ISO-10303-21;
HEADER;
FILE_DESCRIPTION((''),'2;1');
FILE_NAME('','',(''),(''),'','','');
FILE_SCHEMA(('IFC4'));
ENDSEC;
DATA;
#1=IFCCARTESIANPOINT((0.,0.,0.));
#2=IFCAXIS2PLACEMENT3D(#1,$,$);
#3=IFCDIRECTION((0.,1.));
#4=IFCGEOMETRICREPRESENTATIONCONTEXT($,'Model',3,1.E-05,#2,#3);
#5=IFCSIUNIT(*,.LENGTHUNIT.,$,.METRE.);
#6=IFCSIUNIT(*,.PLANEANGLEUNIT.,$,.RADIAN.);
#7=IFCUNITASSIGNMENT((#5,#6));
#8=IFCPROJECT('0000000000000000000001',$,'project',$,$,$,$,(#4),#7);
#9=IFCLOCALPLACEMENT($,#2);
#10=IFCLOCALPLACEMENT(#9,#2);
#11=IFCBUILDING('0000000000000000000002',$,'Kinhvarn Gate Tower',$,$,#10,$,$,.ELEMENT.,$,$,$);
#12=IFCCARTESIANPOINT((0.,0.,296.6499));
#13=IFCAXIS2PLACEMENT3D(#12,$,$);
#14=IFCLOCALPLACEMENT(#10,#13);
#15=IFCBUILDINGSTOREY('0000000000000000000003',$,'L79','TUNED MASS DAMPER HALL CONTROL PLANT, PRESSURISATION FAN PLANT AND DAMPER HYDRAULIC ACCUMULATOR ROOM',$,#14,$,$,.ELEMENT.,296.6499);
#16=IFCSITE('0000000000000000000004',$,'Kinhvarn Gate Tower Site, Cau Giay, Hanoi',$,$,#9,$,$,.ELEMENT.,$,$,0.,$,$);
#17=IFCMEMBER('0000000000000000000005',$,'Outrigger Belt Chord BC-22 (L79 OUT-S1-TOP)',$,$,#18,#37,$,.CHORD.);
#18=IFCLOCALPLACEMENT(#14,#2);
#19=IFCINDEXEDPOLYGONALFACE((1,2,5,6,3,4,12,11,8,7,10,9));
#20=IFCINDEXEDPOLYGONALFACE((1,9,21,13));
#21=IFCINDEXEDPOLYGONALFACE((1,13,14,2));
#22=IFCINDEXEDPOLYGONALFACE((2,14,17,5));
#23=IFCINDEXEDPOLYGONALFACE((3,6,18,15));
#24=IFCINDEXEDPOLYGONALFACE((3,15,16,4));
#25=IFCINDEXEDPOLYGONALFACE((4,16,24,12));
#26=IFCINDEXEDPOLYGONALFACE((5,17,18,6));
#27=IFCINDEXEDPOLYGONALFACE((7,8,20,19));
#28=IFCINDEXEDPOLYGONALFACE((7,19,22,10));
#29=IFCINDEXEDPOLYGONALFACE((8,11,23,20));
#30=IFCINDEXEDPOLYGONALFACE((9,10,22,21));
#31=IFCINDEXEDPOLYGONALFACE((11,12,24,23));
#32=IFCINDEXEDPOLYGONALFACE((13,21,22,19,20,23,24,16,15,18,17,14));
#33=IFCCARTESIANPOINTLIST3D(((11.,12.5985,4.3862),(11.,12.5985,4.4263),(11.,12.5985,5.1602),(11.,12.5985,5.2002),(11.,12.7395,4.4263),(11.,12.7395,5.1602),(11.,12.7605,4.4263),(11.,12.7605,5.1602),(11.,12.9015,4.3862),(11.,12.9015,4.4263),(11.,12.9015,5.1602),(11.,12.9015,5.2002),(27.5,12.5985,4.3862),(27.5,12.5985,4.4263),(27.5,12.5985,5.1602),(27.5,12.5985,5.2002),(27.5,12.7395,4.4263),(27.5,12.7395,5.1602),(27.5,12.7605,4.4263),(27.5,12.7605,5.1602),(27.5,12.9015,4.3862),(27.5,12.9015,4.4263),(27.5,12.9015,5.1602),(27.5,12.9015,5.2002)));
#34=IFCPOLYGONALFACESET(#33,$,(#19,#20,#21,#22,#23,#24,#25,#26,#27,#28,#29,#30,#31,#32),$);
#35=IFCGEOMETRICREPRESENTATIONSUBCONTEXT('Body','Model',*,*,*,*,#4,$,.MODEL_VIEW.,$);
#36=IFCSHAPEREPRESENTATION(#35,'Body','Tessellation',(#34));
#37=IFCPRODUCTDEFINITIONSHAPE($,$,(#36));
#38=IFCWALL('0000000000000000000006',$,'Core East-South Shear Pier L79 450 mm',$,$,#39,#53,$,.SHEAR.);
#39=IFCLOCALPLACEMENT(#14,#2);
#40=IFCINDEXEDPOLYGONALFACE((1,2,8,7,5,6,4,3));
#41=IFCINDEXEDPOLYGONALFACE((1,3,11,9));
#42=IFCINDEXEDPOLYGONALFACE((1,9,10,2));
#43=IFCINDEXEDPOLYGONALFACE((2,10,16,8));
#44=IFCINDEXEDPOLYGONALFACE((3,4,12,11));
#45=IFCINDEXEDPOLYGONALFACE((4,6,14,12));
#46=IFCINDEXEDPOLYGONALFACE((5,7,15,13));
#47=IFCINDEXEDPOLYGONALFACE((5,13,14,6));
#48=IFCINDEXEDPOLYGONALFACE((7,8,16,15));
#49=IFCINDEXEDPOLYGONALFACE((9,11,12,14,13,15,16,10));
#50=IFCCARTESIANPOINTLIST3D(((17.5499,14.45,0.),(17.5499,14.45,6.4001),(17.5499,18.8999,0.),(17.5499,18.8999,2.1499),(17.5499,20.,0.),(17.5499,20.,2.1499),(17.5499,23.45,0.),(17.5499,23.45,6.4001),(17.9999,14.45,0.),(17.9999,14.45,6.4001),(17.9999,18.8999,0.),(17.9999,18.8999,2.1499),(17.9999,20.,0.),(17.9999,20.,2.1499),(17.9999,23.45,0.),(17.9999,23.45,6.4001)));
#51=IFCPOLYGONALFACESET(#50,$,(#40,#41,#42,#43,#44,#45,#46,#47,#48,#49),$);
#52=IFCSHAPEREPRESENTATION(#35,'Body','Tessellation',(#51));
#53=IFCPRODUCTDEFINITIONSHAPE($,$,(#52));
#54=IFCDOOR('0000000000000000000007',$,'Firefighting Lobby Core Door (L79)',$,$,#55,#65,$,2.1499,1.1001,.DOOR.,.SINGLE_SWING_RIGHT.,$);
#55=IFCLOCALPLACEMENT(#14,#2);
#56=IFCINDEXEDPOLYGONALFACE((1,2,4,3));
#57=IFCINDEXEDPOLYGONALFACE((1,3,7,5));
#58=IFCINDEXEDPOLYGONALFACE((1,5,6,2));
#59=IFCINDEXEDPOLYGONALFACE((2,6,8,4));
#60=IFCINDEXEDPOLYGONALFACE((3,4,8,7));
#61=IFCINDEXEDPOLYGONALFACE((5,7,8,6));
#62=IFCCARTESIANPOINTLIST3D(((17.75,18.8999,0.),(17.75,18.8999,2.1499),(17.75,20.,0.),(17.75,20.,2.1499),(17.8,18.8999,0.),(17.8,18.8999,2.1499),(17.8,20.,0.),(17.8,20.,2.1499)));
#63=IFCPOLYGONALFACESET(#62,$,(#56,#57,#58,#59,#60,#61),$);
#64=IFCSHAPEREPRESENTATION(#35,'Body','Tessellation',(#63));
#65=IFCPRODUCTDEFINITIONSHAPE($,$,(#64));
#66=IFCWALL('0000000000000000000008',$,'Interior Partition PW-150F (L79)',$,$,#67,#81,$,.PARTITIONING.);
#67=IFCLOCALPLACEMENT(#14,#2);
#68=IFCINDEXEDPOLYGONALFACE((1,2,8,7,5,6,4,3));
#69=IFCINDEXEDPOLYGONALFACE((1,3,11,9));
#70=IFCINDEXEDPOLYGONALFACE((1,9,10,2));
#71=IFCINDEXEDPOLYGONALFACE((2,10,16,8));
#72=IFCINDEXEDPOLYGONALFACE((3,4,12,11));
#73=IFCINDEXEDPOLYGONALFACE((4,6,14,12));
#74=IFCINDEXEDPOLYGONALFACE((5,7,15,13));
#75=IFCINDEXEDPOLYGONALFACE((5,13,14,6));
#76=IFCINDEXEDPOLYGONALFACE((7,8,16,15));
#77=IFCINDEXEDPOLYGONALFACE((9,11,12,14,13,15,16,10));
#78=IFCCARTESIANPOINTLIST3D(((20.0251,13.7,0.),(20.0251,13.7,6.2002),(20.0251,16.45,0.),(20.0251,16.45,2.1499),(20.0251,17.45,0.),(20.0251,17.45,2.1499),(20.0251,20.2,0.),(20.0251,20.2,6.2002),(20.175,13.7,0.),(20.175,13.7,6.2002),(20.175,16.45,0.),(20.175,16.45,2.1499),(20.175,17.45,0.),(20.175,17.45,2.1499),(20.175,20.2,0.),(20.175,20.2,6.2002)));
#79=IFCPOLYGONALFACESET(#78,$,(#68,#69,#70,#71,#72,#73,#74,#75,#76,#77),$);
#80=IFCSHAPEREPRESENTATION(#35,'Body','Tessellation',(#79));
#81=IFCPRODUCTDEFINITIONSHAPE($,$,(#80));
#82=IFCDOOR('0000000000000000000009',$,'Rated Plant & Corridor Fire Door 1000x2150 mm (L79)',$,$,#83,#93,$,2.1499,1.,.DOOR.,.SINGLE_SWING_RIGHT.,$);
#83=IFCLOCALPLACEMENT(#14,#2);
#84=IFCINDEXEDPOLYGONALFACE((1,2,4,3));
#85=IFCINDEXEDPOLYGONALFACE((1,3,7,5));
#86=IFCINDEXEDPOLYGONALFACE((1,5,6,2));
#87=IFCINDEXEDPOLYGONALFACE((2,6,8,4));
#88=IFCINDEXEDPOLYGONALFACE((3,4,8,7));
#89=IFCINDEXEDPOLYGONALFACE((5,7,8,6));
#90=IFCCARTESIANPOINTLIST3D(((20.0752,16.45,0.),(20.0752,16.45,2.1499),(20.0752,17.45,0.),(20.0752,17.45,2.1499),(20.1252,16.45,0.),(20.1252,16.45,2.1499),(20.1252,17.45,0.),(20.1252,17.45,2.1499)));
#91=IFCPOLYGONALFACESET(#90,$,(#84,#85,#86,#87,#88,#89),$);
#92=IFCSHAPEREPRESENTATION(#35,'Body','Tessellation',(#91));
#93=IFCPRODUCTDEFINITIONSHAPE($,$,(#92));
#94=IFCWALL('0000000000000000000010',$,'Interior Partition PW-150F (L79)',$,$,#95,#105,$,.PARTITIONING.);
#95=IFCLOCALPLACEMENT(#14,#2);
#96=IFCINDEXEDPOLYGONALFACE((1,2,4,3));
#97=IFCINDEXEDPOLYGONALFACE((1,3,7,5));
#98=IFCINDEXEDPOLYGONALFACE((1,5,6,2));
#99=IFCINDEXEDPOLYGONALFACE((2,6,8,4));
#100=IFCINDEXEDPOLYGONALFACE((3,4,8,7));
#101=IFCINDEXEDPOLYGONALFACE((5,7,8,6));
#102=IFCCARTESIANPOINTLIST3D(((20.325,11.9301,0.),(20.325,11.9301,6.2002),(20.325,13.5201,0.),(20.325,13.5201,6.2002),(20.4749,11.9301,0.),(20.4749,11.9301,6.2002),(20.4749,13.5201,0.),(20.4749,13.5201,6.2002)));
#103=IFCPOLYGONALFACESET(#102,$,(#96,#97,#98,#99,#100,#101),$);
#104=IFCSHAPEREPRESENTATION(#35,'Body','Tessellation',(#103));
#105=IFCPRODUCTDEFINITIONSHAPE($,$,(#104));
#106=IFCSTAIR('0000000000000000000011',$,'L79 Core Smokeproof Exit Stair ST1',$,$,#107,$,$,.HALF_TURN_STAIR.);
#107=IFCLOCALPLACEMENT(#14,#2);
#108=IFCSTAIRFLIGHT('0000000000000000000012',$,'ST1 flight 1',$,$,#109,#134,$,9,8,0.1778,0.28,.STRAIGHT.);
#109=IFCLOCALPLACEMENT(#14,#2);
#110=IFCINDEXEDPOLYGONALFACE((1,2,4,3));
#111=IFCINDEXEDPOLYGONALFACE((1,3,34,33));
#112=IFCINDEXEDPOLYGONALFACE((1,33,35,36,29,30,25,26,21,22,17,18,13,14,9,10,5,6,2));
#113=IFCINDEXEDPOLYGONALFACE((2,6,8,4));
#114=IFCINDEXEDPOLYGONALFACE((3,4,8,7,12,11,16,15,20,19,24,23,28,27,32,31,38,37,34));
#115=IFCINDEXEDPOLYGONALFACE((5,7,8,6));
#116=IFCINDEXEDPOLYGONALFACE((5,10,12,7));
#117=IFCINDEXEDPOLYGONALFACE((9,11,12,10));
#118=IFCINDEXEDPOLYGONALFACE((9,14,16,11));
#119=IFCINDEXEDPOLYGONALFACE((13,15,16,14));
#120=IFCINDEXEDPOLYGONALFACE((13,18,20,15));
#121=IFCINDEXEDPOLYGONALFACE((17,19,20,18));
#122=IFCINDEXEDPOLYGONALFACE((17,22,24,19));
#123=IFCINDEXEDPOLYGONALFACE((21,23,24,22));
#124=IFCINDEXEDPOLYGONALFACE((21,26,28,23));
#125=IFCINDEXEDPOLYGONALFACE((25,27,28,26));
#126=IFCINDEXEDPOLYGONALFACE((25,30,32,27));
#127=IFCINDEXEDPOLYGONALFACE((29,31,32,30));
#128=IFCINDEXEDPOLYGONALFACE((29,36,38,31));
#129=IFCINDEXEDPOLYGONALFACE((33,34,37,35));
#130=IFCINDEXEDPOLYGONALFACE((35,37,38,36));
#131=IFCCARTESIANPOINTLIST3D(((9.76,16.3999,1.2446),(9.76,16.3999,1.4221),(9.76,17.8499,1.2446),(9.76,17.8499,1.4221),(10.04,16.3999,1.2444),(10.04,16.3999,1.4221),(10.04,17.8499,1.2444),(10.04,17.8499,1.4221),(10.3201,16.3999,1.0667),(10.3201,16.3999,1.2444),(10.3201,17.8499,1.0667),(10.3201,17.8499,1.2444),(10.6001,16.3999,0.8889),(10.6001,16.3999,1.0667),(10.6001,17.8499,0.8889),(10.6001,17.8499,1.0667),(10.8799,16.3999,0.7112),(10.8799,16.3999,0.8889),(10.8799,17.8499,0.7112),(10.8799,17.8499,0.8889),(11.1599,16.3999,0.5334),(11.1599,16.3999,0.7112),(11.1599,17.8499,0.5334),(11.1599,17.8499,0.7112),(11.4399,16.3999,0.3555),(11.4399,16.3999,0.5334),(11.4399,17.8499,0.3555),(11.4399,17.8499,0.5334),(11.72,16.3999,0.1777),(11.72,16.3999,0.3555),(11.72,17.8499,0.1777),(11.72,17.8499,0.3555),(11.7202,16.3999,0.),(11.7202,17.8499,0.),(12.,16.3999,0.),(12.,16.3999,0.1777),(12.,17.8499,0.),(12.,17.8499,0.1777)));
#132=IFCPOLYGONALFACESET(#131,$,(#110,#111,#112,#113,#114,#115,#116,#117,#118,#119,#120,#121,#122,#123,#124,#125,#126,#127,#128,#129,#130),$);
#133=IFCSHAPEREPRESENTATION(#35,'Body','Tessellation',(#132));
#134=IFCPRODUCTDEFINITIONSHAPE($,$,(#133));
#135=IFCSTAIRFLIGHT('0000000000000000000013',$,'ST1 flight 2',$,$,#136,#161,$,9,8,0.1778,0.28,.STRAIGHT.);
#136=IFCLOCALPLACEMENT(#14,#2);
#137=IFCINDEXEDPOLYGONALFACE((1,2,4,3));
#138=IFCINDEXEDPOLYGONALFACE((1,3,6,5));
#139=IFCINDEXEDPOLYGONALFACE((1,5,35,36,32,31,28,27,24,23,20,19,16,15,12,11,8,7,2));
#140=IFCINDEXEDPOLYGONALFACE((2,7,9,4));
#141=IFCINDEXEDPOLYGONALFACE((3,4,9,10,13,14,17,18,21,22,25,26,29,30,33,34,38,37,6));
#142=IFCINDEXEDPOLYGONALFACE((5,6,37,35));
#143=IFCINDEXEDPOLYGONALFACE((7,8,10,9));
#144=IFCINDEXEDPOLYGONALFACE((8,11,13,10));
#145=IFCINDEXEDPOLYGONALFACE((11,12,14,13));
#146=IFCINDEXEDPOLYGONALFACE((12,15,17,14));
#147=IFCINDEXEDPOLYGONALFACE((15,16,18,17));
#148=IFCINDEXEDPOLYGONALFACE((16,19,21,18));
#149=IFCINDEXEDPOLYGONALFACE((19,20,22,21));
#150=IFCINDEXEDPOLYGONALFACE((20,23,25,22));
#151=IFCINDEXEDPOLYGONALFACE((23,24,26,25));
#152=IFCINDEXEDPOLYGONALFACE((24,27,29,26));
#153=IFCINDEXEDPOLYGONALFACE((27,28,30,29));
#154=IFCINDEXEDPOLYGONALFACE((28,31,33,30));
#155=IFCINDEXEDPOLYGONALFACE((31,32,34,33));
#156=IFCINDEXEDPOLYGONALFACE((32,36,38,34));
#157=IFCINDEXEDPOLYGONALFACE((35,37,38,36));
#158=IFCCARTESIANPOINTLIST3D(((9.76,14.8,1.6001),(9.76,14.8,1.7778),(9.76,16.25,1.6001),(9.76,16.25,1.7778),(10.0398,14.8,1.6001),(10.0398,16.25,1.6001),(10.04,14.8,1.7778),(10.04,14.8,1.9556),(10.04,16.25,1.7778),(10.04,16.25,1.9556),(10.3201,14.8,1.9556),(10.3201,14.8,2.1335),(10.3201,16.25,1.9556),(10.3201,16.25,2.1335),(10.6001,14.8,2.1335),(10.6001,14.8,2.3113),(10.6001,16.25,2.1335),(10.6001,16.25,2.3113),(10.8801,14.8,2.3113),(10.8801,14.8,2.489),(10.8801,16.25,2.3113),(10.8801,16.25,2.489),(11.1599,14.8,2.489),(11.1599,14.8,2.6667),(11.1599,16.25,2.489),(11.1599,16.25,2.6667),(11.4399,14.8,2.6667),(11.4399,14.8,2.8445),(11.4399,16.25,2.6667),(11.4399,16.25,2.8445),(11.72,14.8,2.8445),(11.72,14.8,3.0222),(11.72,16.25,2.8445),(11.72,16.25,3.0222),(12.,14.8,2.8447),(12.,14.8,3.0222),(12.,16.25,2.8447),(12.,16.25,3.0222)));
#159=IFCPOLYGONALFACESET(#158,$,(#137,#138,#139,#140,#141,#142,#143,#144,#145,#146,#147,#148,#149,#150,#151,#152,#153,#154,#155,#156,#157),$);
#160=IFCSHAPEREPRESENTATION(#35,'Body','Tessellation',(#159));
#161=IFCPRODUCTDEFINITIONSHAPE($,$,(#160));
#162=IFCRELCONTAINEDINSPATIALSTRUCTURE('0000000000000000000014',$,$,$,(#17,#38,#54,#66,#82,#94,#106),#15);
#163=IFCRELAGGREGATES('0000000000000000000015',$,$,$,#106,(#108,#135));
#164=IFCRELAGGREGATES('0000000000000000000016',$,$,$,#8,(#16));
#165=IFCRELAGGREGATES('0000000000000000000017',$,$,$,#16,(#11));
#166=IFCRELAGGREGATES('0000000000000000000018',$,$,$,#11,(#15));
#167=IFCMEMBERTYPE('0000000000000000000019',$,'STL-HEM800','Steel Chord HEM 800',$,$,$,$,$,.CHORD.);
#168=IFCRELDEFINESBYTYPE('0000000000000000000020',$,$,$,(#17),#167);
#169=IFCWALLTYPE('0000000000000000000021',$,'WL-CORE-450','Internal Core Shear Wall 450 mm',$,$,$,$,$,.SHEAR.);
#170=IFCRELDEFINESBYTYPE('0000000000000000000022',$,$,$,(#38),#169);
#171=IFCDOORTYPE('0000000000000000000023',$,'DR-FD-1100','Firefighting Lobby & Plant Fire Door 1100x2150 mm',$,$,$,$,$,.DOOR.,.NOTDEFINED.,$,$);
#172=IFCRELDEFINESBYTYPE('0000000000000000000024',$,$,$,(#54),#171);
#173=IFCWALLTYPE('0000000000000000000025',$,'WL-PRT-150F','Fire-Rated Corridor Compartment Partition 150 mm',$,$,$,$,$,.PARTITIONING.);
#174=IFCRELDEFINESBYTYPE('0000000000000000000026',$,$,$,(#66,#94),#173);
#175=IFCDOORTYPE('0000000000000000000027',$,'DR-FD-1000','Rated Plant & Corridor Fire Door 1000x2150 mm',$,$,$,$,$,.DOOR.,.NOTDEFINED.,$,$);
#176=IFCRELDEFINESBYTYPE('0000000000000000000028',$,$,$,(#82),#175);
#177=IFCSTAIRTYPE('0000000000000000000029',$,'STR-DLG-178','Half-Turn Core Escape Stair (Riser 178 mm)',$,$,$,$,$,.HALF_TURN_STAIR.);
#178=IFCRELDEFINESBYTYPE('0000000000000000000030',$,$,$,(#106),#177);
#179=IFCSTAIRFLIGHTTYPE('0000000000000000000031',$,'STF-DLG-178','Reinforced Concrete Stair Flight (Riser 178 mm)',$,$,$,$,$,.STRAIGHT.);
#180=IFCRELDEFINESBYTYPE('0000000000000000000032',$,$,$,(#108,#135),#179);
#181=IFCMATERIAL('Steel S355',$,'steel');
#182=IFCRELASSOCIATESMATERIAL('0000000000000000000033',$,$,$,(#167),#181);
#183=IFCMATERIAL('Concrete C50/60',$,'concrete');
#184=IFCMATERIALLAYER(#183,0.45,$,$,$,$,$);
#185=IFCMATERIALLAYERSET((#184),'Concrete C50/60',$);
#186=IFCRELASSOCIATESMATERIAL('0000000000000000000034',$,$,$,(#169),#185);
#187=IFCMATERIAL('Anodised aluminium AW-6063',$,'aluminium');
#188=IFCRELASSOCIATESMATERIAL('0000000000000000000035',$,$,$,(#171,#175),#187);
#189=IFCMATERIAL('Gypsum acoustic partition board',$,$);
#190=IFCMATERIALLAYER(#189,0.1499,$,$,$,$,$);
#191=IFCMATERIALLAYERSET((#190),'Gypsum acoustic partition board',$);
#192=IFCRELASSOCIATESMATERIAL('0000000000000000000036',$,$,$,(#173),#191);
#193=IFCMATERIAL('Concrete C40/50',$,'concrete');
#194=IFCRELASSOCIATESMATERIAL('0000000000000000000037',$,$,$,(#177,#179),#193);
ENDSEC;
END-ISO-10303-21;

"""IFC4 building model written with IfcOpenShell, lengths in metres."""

from ifc_helpers import new_model, si_unit, direction, frame, frame_2d, origin, origin_2d, place, context, subcontext, project, spatial, polyline, rectangle, i_section, outline, extrude, material, layer, layer_set, material_profile, profile_set, type_object, element, fill, aggregate, save


model = new_model("IFC4")

# Units and contexts
model_context = context("Model", 3, precision=1e-05, world=origin(), true_north=direction((0.0, 1.0)))
body_context = subcontext(model_context, "Body", "Model", "MODEL_VIEW")
ifc_project = project(units=[si_unit("LENGTHUNIT", "METRE"), si_unit("PLANEANGLEUNIT", "RADIAN")], contexts=[model_context])

# Site, building, storey
site_placement = place(None, origin())
site = spatial("IfcSite", under=ifc_project, at=site_placement, Name="Kinhvarn Gate Tower Site, Cau Giay, Hanoi", CompositionType="ELEMENT", RefElevation=0.0)
building_placement = place(site_placement, origin())
building = spatial("IfcBuilding", under=site, at=building_placement, Name="Kinhvarn Gate Tower", CompositionType="ELEMENT")
storey_placement = place(building_placement, frame((0.0, 0.0, 296.6499)))
storey = spatial("IfcBuildingStorey", under=building, at=storey_placement, Name="L79", Description="TUNED MASS DAMPER HALL CONTROL PLANT, PRESSURISATION FAN PLANT AND DAMPER HYDRAULIC ACCUMULATOR ROOM", CompositionType="ELEMENT", Elevation=296.6499)

# Shared definitions
ifc_material_1 = material(Name="Concrete C50/60", Category="concrete")

# Shared definitions
ifc_material_2 = material(Name="Steel S355", Category="steel")

# Member
ifc_material_profile_1 = material_profile(ifc_material_2, i_section(OverallWidth=0.303, OverallDepth=0.814, WebThickness=0.021, FlangeThickness=0.04, at=origin_2d()), Name="HEM 800")
ifc_profile_set_1 = profile_set([ifc_material_profile_1], Name="Steel S355")
member_type_1 = type_object("IfcMemberType", Name="STL-HEM800", Description="Steel Chord HEM 800", PredefinedType="CHORD", material=ifc_profile_set_1)
member_1_placement = place(storey_placement, frame((11.0, 12.75, 4.7932), z_axis=(1.0, 0.0, 0.0), x_axis=(0.0, 1.0, 0.0)))
element("IfcMember", 1, at=member_1_placement, inside=storey, type_object=member_type_1, Name="Outrigger Belt Chord BC-22 (L79 OUT-S1-TOP)", PredefinedType="CHORD", context=body_context, shape_type="SweptSolid", body=[
    extrude(i_section(OverallWidth=0.303, OverallDepth=0.814, WebThickness=0.021, FlangeThickness=0.04, at=origin_2d()), origin(), (0.0, 0.0, 1.0), 16.5),
])

# Walls, openings, doors
ifc_layer_1 = layer(ifc_material_1, 0.45)
ifc_layer_set_1 = layer_set([ifc_layer_1], Name="Concrete C50/60")
wall_type_1 = type_object("IfcWallType", Name="WL-CORE-450", Description="Internal Core Shear Wall 450 mm", PredefinedType="SHEAR", material=ifc_layer_set_1)
wall_1_placement = place(storey_placement, frame((17.7749, 14.45, 0.0), z_axis=(0.0, 0.0, 1.0), x_axis=(0.0, 1.0, 0.0)))
wall_1 = element("IfcWall", 2, at=wall_1_placement, inside=storey, type_object=wall_type_1, Name="Core East-South Shear Pier L79 450 mm", PredefinedType="SHEAR", context=body_context, shape_type="SweptSolid", body=[
    extrude(rectangle(XDim=9.0, YDim=0.45, at=frame_2d((4.5, 0.0))), origin(), (0.0, 0.0, 1.0), 6.4001),
])
opening_1_placement = place(wall_1_placement, frame((4.45, 0.0, 0.0)))
opening_1 = element("IfcOpeningElement", 3, at=opening_1_placement, cuts=wall_1, PredefinedType="OPENING", context=body_context, shape_type="SweptSolid", body=[
    extrude(rectangle(XDim=1.1001, YDim=2.1499, at=frame_2d((0.55, 1.075))), frame((0.0, 0.2349, 0.0), z_axis=(0.0, -1.0, 0.0), x_axis=(1.0, 0.0, 0.0)), (0.0, 0.0, 1.0), 0.47),
])
ifc_material_3 = material(Name="Anodised aluminium AW-6063", Category="aluminium")
door_type_1 = type_object("IfcDoorType", Name="DR-FD-1100", Description="Firefighting Lobby & Plant Fire Door 1100x2150 mm", OperationType="NOTDEFINED", PredefinedType="DOOR", material=ifc_material_3)
door_1_placement = place(opening_1_placement, origin())
door_1 = element("IfcDoor", 4, at=door_1_placement, inside=storey, type_object=door_type_1, Name="Firefighting Lobby Core Door (L79)", OperationType="SINGLE_SWING_RIGHT", OverallHeight=2.1499, OverallWidth=1.1001, PredefinedType="DOOR", context=body_context, shape_type="SweptSolid", body=[
    extrude(rectangle(XDim=1.1001, YDim=2.1499, at=frame_2d((0.55, 1.075))), frame((0.0, 0.0249, 0.0), z_axis=(0.0, -1.0, 0.0), x_axis=(1.0, 0.0, 0.0)), (0.0, 0.0, 1.0), 0.05),
])
fill(opening_1, door_1)
ifc_material_4 = material(Name="Gypsum acoustic partition board")
ifc_layer_2 = layer(ifc_material_4, 0.1499)
ifc_layer_set_2 = layer_set([ifc_layer_2], Name="Gypsum acoustic partition board")
wall_type_2 = type_object("IfcWallType", Name="WL-PRT-150F", Description="Fire-Rated Corridor Compartment Partition 150 mm", PredefinedType="PARTITIONING", material=ifc_layer_set_2)
wall_2_placement = place(storey_placement, frame((20.1001, 13.7, 0.0), z_axis=(0.0, 0.0, 1.0), x_axis=(0.0, 1.0, 0.0)))
wall_2 = element("IfcWall", 5, at=wall_2_placement, inside=storey, type_object=wall_type_2, Name="Interior Partition PW-150F (L79)", PredefinedType="PARTITIONING", context=body_context, shape_type="SweptSolid", body=[
    extrude(rectangle(XDim=6.5, YDim=0.1499, at=frame_2d((3.25, 0.0))), origin(), (0.0, 0.0, 1.0), 6.2002),
])
opening_2_placement = place(wall_2_placement, frame((2.75, 0.0, 0.0)))
opening_2 = element("IfcOpeningElement", 6, at=opening_2_placement, cuts=wall_2, PredefinedType="OPENING", context=body_context, shape_type="SweptSolid", body=[
    extrude(rectangle(XDim=1.0, YDim=2.1499, at=frame_2d((0.5, 1.075))), frame((0.0, 0.085, 0.0), z_axis=(0.0, -1.0, 0.0), x_axis=(1.0, 0.0, 0.0)), (0.0, 0.0, 1.0), 0.1699),
])
door_type_2 = type_object("IfcDoorType", Name="DR-FD-1000", Description="Rated Plant & Corridor Fire Door 1000x2150 mm", OperationType="NOTDEFINED", PredefinedType="DOOR", material=ifc_material_3)
door_2_placement = place(opening_2_placement, origin())
door_2 = element("IfcDoor", 7, at=door_2_placement, inside=storey, type_object=door_type_2, Name="Rated Plant & Corridor Fire Door 1000x2150 mm (L79)", OperationType="SINGLE_SWING_RIGHT", OverallHeight=2.1499, OverallWidth=1.0, PredefinedType="DOOR", context=body_context, shape_type="SweptSolid", body=[
    extrude(rectangle(XDim=1.0, YDim=2.1499, at=frame_2d((0.5, 1.075))), frame((0.0, 0.0249, 0.0), z_axis=(0.0, -1.0, 0.0), x_axis=(1.0, 0.0, 0.0)), (0.0, 0.0, 1.0), 0.05),
])
fill(opening_2, door_2)

# Wall
wall_3_placement = place(storey_placement, frame((20.3999, 13.52, 0.0), z_axis=(0.0, 0.0, 1.0), x_axis=(0.0, -1.0, 0.0)))
element("IfcWall", 8, at=wall_3_placement, inside=storey, type_object=wall_type_2, Name="Interior Partition PW-150F (L79)", PredefinedType="PARTITIONING", context=body_context, shape_type="SweptSolid", body=[
    extrude(rectangle(XDim=1.5901, YDim=0.1499, at=frame_2d((0.7949, 0.0))), origin(), (0.0, 0.0, 1.0), 6.2002),
])

# Shared definitions
ifc_material_5 = material(Name="Concrete C40/50", Category="concrete")

# Stair, stair flights
stair_type = type_object("IfcStairType", Name="STR-DLG-178", Description="Half-Turn Core Escape Stair (Riser 178 mm)", PredefinedType="HALF_TURN_STAIR", material=ifc_material_5)
stair_placement = place(storey_placement, origin())
stair = element("IfcStair", 9, at=stair_placement, inside=storey, type_object=stair_type, Name="L79 Core Smokeproof Exit Stair ST1", PredefinedType="HALF_TURN_STAIR")
stair_flight_type = type_object("IfcStairFlightType", Name="STF-DLG-178", Description="Reinforced Concrete Stair Flight (Riser 178 mm)", PredefinedType="STRAIGHT", material=ifc_material_5)
stair_flight_1_placement = place(storey_placement, frame((12.0, 17.125, 0.0), z_axis=(0.0, 0.0, 1.0), x_axis=(-1.0, 0.0, 0.0)))
stair_flight_1 = element("IfcStairFlight", 10, at=stair_flight_1_placement, type_object=stair_flight_type, Name="ST1 flight 1", NumberOfRisers=9, NumberOfTreads=8, PredefinedType="STRAIGHT", RiserHeight=0.1778, TreadLength=0.28, context=body_context, shape_type="SweptSolid", body=[
    extrude(outline(polyline([(0.0, 0.0), (0.0, 0.1777), (0.28, 0.1777), (0.28, 0.3555), (0.5601, 0.3555), (0.5601, 0.5334), (0.8401, 0.5334), (0.8401, 0.7112), (1.1201, 0.7112), (1.1201, 0.8889), (1.3999, 0.8889), (1.3999, 1.0667), (1.6799, 1.0667), (1.6799, 1.2444), (1.96, 1.2444), (1.96, 1.4221), (2.24, 1.4221), (2.24, 1.6001), (2.24, 1.2446), (0.2798, 0.0), (0.0, 0.0)])), frame((0.0, 0.7251, 0.0), z_axis=(0.0, -1.0, 0.0), x_axis=(1.0, 0.0, 0.0)), (0.0, 0.0, 1.0), 1.45),
])
stair_flight_2_placement = place(storey_placement, frame((9.76, 15.5249, 1.6001), z_axis=(0.0, 0.0, 1.0), x_axis=(1.0, 0.0, 0.0)))
stair_flight_2 = element("IfcStairFlight", 11, at=stair_flight_2_placement, type_object=stair_flight_type, Name="ST1 flight 2", NumberOfRisers=9, NumberOfTreads=8, PredefinedType="STRAIGHT", RiserHeight=0.1778, TreadLength=0.28, context=body_context, shape_type="SweptSolid", body=[
    extrude(outline(polyline([(0.0, 0.0), (0.0, 0.1777), (0.28, 0.1777), (0.28, 0.3555), (0.5601, 0.3555), (0.5601, 0.5334), (0.8401, 0.5334), (0.8401, 0.7112), (1.1201, 0.7112), (1.1201, 0.8889), (1.3999, 0.8889), (1.3999, 1.0667), (1.6799, 1.0667), (1.6799, 1.2444), (1.96, 1.2444), (1.96, 1.4221), (2.24, 1.4221), (2.24, 1.6001), (2.24, 1.2446), (0.2798, 0.0), (0.0, 0.0)])), frame((0.0, 0.7251, 0.0), z_axis=(0.0, -1.0, 0.0), x_axis=(1.0, 0.0, 0.0)), (0.0, 0.0, 1.0), 1.45),
])
aggregate(stair, [stair_flight_1, stair_flight_2])

save(model, "model.ifc")
